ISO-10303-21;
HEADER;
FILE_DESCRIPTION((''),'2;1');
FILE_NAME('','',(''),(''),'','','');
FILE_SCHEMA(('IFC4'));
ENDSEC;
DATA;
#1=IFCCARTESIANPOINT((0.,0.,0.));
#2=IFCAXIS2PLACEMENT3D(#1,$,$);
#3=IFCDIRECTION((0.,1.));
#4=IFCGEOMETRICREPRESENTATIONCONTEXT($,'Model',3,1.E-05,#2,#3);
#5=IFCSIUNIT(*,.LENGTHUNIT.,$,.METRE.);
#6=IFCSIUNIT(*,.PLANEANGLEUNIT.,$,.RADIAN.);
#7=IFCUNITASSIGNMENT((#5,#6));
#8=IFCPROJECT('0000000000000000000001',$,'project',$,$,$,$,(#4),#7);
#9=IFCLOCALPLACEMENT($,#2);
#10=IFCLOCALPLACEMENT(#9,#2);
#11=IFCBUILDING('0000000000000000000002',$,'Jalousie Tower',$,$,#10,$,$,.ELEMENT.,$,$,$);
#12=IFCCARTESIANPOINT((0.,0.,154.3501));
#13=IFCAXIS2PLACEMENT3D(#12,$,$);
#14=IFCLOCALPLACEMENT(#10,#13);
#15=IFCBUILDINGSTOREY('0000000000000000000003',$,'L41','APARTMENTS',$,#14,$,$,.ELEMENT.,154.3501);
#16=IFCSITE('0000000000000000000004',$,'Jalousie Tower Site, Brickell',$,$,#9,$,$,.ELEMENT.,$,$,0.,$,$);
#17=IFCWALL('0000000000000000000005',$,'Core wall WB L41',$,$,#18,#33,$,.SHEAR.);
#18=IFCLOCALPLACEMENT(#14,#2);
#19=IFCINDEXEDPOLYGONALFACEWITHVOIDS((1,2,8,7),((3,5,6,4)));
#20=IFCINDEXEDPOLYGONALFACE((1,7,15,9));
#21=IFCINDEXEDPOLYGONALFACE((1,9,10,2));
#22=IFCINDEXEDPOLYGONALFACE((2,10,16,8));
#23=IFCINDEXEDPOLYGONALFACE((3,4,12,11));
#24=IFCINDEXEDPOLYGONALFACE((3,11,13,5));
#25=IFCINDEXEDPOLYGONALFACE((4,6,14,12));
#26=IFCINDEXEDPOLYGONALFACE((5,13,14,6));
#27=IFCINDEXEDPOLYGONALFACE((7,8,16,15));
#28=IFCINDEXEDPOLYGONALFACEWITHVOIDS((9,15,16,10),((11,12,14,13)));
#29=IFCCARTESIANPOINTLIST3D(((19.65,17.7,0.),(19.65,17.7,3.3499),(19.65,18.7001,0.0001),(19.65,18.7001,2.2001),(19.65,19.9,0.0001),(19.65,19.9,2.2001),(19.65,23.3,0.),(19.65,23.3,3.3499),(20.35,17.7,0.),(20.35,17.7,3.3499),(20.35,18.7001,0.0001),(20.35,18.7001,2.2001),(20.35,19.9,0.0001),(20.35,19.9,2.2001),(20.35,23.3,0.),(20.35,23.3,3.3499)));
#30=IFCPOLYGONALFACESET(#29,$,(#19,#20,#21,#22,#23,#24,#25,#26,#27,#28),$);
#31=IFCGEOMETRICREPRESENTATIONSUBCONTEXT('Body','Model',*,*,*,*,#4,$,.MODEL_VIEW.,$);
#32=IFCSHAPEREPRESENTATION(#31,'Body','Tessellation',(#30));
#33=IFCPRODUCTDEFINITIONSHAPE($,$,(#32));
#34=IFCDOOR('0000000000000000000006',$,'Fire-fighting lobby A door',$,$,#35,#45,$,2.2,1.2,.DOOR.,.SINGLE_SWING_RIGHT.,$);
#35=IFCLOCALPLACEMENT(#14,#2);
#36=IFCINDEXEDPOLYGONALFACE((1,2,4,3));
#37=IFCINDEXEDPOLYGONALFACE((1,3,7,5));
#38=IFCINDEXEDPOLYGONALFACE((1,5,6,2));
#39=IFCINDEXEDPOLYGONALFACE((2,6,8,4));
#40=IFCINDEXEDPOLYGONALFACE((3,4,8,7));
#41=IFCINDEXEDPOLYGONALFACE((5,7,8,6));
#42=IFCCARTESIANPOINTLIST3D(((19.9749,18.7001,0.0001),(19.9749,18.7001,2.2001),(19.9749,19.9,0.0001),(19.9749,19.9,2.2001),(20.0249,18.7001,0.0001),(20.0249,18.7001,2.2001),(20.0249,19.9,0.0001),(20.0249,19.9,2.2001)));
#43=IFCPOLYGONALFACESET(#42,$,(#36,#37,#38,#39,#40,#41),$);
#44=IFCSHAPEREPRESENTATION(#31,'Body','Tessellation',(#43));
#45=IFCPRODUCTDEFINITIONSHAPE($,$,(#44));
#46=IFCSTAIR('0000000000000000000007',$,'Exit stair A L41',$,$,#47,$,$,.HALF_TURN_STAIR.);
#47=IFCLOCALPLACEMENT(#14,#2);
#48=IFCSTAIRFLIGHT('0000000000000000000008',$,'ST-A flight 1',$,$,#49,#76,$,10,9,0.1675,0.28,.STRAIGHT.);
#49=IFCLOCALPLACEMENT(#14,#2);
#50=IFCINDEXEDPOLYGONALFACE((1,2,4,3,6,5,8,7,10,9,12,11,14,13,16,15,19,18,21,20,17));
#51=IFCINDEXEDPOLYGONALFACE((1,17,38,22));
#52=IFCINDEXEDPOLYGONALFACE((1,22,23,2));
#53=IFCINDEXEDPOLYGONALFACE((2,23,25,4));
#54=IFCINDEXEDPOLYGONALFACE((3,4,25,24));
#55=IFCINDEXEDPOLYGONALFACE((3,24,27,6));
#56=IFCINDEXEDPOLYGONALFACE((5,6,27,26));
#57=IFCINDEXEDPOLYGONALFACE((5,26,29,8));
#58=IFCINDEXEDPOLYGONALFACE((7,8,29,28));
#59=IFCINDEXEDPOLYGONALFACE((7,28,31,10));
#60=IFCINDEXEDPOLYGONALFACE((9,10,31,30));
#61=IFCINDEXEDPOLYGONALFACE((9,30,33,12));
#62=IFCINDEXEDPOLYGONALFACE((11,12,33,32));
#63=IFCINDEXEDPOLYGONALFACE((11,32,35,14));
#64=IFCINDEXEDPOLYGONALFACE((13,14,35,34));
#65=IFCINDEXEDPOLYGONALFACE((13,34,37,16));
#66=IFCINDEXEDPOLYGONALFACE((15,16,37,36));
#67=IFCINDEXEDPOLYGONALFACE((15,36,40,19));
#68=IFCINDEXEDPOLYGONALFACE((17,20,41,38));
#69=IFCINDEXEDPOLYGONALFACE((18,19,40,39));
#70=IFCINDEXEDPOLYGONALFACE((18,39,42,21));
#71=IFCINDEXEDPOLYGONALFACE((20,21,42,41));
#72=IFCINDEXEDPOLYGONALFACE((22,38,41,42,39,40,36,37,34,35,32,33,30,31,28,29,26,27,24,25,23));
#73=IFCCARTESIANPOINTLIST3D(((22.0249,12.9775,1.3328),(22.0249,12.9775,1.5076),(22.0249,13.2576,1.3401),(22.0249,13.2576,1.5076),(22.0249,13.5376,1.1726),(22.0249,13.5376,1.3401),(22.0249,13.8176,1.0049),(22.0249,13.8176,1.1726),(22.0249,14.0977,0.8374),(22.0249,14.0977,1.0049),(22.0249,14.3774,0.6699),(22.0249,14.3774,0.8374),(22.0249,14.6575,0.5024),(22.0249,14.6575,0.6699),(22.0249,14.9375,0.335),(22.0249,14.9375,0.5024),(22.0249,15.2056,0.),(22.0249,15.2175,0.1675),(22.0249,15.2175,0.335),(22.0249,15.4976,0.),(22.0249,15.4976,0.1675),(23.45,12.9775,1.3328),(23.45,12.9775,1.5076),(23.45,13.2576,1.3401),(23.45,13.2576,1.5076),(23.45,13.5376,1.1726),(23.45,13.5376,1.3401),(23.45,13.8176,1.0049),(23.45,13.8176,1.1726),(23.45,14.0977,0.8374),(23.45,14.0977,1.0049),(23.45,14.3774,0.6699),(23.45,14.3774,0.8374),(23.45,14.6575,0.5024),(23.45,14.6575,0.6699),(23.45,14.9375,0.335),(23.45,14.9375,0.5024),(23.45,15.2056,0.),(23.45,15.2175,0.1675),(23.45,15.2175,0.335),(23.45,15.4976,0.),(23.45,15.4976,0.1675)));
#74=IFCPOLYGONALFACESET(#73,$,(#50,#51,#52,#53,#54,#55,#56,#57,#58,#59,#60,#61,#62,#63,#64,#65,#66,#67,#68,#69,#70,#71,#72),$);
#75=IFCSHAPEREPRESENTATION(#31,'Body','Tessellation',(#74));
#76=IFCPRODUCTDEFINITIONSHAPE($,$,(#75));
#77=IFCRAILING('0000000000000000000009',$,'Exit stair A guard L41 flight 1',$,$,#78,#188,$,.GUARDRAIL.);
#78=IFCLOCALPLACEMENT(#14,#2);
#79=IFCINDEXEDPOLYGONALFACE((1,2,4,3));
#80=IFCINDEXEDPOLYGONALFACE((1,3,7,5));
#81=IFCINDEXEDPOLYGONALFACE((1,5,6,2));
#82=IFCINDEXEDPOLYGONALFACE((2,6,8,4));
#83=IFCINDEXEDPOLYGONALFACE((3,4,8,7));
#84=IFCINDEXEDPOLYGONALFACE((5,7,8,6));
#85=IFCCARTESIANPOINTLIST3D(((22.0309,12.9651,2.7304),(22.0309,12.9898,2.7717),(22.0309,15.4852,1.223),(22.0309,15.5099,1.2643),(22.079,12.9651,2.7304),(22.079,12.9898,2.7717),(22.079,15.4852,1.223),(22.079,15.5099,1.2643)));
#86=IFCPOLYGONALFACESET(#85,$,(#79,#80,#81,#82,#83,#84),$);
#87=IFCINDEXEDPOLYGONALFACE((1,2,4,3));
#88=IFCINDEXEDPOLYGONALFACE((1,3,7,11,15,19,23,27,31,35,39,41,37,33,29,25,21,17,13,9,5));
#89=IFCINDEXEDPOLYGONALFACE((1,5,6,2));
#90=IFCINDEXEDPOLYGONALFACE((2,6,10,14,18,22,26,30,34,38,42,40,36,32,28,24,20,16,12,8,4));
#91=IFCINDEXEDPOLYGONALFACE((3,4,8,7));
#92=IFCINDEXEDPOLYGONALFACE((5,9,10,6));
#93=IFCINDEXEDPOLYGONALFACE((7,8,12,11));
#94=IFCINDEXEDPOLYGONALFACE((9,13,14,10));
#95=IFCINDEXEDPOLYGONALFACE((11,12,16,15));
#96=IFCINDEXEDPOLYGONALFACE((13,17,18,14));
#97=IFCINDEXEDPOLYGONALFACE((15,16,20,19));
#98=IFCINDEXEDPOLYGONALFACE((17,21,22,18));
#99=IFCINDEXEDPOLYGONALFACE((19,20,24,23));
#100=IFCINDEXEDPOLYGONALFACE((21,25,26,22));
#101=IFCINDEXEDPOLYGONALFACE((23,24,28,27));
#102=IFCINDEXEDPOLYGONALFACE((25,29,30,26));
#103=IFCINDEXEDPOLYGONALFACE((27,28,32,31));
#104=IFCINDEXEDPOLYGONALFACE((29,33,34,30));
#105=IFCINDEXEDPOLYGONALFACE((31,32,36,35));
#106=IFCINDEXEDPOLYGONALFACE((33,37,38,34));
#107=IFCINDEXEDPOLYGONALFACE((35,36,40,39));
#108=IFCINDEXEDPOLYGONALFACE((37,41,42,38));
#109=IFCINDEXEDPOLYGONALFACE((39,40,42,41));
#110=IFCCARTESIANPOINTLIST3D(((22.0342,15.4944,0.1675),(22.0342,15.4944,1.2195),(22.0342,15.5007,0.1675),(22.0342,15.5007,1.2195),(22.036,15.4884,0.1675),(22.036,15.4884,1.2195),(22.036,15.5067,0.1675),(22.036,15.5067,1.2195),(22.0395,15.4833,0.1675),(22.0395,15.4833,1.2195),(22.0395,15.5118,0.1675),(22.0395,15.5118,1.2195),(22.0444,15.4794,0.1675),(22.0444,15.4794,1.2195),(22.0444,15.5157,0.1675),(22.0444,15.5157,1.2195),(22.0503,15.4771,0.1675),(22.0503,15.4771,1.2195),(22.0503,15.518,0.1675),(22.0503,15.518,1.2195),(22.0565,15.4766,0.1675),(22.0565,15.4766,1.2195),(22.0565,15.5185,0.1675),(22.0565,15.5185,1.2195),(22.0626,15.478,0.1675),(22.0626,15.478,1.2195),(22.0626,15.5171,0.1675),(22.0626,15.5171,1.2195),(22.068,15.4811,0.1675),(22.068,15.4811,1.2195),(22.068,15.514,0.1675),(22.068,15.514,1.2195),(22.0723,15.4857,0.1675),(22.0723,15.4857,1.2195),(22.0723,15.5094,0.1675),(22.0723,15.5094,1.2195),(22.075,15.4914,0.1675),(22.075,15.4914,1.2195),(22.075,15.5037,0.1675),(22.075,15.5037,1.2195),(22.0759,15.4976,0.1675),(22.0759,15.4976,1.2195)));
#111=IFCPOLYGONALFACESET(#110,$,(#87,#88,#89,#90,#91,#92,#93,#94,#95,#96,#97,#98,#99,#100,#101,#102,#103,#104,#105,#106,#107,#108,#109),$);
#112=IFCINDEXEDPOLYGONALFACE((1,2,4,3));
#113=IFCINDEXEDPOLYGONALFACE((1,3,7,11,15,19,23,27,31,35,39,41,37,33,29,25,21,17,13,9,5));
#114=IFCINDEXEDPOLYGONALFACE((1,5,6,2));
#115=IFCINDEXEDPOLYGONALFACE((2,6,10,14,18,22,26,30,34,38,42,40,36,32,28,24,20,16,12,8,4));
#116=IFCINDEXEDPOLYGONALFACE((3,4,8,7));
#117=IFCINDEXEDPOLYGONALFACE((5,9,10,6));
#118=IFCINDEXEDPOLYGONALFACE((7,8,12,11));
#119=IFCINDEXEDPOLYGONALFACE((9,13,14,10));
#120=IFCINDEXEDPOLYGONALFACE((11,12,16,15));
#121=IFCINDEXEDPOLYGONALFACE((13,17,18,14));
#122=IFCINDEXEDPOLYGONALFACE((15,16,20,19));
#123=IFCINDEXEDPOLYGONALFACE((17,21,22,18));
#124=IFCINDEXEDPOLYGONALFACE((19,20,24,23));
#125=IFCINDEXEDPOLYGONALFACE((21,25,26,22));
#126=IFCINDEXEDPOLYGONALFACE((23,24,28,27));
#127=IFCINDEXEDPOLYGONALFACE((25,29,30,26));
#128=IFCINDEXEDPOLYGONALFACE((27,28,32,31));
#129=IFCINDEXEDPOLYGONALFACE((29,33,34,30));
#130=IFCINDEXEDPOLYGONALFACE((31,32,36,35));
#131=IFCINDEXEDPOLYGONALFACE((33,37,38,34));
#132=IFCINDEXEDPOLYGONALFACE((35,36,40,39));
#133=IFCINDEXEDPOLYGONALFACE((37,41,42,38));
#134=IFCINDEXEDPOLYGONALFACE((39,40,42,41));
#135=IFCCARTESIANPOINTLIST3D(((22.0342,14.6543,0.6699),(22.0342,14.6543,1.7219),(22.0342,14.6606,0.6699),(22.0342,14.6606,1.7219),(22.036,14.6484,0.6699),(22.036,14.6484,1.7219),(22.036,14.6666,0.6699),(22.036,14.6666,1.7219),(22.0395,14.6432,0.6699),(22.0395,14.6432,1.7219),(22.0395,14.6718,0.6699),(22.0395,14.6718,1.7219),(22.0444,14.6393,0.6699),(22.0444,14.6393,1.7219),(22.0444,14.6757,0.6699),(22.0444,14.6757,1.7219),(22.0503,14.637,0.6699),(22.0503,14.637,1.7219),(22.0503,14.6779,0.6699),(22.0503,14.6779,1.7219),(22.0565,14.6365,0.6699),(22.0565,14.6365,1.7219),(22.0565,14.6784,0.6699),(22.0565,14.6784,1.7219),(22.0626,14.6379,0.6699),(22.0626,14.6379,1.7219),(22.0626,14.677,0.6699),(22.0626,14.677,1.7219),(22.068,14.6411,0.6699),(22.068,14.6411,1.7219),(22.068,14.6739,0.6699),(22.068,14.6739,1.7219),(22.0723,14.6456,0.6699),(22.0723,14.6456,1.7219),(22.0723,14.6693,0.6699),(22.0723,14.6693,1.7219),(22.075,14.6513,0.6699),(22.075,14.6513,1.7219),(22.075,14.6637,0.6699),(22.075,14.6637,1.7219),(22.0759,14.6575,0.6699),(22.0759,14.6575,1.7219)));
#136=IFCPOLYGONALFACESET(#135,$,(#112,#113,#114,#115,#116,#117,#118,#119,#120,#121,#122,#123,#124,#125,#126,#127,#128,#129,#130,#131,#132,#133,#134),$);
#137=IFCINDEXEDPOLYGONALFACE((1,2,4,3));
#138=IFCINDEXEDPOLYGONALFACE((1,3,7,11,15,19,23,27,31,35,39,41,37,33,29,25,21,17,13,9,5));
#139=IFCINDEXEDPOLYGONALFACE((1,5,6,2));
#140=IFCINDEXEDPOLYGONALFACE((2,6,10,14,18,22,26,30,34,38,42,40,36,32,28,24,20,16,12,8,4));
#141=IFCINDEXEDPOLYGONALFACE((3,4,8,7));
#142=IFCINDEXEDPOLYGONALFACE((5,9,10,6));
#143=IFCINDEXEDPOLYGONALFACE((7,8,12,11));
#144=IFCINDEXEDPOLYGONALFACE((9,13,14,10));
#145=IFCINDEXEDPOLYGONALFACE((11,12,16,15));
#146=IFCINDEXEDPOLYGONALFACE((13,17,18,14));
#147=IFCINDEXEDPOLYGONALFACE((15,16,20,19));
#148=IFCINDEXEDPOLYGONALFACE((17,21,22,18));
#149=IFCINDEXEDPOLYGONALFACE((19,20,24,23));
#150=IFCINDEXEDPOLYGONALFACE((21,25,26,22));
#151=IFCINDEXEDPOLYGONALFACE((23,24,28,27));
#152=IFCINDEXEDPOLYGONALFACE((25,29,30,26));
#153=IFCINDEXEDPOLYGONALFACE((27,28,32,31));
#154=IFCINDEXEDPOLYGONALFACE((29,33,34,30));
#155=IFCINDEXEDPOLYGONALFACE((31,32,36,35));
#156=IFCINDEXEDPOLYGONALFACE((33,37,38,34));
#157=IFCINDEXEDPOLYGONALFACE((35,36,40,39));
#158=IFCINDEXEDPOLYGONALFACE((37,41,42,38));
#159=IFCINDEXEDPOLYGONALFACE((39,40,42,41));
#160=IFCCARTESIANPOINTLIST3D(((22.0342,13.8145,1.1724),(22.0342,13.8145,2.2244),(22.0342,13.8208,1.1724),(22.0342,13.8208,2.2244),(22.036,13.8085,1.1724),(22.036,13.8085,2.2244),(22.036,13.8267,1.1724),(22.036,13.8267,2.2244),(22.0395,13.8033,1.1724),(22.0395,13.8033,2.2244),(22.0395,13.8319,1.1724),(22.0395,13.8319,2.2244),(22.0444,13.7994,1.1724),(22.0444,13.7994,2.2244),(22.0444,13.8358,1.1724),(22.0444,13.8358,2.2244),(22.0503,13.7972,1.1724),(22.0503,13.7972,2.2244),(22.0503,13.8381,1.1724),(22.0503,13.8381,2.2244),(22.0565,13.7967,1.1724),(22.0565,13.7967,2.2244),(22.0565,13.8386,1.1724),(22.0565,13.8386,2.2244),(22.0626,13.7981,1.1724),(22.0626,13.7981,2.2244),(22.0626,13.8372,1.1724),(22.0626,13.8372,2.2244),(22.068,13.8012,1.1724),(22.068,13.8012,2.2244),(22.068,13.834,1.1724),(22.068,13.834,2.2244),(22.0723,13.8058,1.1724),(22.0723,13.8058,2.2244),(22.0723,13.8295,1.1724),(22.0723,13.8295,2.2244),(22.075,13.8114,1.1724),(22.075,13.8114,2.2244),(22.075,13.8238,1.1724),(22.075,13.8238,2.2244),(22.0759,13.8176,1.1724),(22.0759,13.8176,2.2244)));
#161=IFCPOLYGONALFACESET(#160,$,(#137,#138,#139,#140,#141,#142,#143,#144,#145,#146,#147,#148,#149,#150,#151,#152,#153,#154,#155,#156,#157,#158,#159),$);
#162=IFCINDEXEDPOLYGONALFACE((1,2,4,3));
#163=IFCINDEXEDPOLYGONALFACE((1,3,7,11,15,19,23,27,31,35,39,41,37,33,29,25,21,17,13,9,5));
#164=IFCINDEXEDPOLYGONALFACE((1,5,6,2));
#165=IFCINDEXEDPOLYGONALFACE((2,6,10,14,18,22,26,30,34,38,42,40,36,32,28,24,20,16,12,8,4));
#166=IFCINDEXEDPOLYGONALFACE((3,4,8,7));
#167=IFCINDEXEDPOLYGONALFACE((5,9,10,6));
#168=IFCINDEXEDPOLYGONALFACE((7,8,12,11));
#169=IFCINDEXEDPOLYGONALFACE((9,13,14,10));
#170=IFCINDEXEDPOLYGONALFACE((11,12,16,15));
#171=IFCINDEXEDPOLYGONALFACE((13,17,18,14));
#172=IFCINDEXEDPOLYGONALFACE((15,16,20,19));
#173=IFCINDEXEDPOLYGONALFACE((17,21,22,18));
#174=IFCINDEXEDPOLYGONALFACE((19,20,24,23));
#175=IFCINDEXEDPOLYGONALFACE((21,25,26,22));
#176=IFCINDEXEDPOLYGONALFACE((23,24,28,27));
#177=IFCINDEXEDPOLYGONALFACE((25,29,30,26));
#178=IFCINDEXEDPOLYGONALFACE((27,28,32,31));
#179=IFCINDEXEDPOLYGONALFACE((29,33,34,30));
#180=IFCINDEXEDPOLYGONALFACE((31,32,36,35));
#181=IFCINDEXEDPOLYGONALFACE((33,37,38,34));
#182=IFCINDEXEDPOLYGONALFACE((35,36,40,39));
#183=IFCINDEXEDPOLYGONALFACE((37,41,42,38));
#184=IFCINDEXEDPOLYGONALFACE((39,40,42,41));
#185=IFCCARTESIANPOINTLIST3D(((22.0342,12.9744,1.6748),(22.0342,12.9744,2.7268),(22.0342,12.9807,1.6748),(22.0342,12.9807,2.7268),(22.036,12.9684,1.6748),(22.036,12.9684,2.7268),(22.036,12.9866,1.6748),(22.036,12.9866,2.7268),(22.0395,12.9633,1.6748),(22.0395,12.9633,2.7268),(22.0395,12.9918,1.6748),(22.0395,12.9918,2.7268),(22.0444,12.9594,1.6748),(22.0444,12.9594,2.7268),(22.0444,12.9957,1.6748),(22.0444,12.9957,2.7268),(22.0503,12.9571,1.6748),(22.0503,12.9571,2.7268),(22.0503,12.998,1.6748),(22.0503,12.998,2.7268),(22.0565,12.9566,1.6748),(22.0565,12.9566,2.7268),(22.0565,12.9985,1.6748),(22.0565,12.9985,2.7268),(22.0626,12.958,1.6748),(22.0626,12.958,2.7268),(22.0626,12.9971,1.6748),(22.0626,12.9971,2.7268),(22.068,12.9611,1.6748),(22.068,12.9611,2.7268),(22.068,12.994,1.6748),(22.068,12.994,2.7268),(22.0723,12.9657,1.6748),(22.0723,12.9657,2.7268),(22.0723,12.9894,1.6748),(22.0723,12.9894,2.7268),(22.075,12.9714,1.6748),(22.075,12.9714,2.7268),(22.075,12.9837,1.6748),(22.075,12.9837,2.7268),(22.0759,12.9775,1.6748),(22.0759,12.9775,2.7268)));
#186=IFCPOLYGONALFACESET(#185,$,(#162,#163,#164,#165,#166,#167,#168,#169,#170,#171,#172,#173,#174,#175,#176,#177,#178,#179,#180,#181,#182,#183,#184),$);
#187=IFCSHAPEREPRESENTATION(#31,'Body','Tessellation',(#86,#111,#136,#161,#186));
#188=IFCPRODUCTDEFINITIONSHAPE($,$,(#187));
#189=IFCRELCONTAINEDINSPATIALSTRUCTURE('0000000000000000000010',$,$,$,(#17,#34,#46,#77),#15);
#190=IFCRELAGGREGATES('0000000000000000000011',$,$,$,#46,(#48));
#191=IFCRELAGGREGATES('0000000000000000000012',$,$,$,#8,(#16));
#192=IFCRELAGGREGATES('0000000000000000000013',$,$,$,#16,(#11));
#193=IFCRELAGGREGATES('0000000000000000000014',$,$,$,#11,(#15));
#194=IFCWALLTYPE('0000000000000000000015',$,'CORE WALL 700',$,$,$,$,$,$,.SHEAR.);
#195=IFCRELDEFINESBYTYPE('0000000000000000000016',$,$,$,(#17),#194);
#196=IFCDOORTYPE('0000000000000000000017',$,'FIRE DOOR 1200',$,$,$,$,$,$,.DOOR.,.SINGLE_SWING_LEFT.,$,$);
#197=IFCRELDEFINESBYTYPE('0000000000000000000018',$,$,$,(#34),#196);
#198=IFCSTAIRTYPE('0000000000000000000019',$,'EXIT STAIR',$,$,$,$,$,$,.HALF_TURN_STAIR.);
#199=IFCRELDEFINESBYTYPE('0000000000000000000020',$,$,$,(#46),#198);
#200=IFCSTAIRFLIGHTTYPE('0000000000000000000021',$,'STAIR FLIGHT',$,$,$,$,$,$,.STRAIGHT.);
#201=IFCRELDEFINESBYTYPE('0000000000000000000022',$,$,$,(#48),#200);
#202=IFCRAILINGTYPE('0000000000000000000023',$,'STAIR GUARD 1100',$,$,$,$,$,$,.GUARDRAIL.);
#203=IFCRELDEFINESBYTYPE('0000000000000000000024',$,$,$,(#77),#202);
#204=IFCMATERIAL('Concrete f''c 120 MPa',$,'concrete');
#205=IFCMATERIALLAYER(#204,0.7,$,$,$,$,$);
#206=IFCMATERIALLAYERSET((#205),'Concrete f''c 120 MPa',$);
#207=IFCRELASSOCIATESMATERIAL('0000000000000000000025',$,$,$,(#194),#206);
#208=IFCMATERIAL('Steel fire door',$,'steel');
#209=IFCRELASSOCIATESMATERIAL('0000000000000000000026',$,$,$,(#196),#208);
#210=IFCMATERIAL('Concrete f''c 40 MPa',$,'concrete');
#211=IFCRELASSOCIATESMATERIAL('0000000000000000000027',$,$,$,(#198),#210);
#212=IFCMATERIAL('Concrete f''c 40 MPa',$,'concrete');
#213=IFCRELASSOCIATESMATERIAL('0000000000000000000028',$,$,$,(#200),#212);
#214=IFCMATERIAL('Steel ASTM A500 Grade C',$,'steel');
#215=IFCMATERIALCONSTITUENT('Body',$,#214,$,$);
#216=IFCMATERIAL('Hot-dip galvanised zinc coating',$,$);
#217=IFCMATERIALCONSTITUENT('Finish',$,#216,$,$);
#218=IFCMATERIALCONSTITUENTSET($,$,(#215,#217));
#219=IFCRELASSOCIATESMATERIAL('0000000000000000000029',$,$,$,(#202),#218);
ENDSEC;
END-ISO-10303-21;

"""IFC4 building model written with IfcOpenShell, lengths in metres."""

from ifc_helpers import new_model, si_unit, direction, frame, frame_2d, origin, origin_2d, place, context, subcontext, project, spatial, polyline, rectangle, circle, outline, extrude, material, layer, layer_set, constituent, constituent_set, type_object, element, fill, aggregate, save


model = new_model("IFC4")

# Units and contexts
model_context = context("Model", 3, precision=1e-05, world=origin(), true_north=direction((0.0, 1.0)))
body_context = subcontext(model_context, "Body", "Model", "MODEL_VIEW")
ifc_project = project(units=[si_unit("LENGTHUNIT", "METRE"), si_unit("PLANEANGLEUNIT", "RADIAN")], contexts=[model_context])

# Site, building, storey
site_placement = place(None, origin())
site = spatial("IfcSite", under=ifc_project, at=site_placement, Name="Jalousie Tower Site, Brickell", CompositionType="ELEMENT", RefElevation=0.0)
building_placement = place(site_placement, origin())
building = spatial("IfcBuilding", under=site, at=building_placement, Name="Jalousie Tower", CompositionType="ELEMENT")
storey_placement = place(building_placement, frame((0.0, 0.0, 154.3501)))
storey = spatial("IfcBuildingStorey", under=building, at=storey_placement, Name="L41", Description="APARTMENTS", CompositionType="ELEMENT", Elevation=154.3501)

# Shared definitions
ifc_material_1 = material(Name="Concrete f'c 120 MPa", Category="concrete")
ifc_layer_1 = layer(ifc_material_1, 0.7)
ifc_layer_set_1 = layer_set([ifc_layer_1], Name="Concrete f'c 120 MPa")
wall_type_1 = type_object("IfcWallType", Name="CORE WALL 700", PredefinedType="SHEAR", material=ifc_layer_set_1)

# Wall, opening, door
wall_1_placement = place(storey_placement, frame((20.0, 23.3, 0.0), z_axis=(0.0, 0.0, 1.0), x_axis=(0.0, -1.0, 0.0)))
wall_1 = element("IfcWall", 1, at=wall_1_placement, inside=storey, type_object=wall_type_1, Name="Core wall WB L41", PredefinedType="SHEAR", context=body_context, shape_type="SweptSolid", body=[
    extrude(rectangle(XDim=5.6001, YDim=0.7, at=frame_2d((2.8, 0.0))), origin(), (0.0, 0.0, 1.0), 3.3499),
])
opening_1_placement = place(wall_1_placement, frame((3.3999, 0.0, 0.0)))
opening_1 = element("IfcOpeningElement", 2, at=opening_1_placement, cuts=wall_1, PredefinedType="OPENING", context=body_context, shape_type="SweptSolid", body=[
    extrude(rectangle(XDim=1.2, YDim=2.2, at=frame_2d((0.6001, 1.1001))), frame((0.0, 0.3599, 0.0), z_axis=(0.0, -1.0, 0.0), x_axis=(1.0, 0.0, 0.0)), (0.0, 0.0, 1.0), 0.72),
])
ifc_material_2 = material(Name="Steel fire door", Category="steel")
door_type_1 = type_object("IfcDoorType", Name="FIRE DOOR 1200", OperationType="SINGLE_SWING_LEFT", PredefinedType="DOOR", material=ifc_material_2)
door_1_placement = place(opening_1_placement, origin())
door_1 = element("IfcDoor", 3, at=door_1_placement, inside=storey, type_object=door_type_1, Name="Fire-fighting lobby A door", OperationType="SINGLE_SWING_RIGHT", OverallHeight=2.2, OverallWidth=1.2, PredefinedType="DOOR", context=body_context, shape_type="SweptSolid", body=[
    extrude(rectangle(XDim=1.2, YDim=2.2, at=frame_2d((0.6001, 1.1001))), frame((0.0, 0.0249, 0.0), z_axis=(0.0, -1.0, 0.0), x_axis=(1.0, 0.0, 0.0)), (0.0, 0.0, 1.0), 0.05),
])
fill(opening_1, door_1)

# Stair, stair flight
ifc_material_3 = material(Name="Concrete f'c 40 MPa", Category="concrete")
stair_type = type_object("IfcStairType", Name="EXIT STAIR", PredefinedType="HALF_TURN_STAIR", material=ifc_material_3)
stair_placement = place(storey_placement, origin())
stair = element("IfcStair", 4, at=stair_placement, inside=storey, type_object=stair_type, Name="Exit stair A L41", PredefinedType="HALF_TURN_STAIR")
ifc_material_4 = material(Name="Concrete f'c 40 MPa", Category="concrete")
stair_flight_type = type_object("IfcStairFlightType", Name="STAIR FLIGHT", PredefinedType="STRAIGHT", material=ifc_material_4)
stair_flight_placement = place(storey_placement, frame((22.7375, 15.4976, 0.0), z_axis=(0.0, 0.0, 1.0), x_axis=(0.0, -1.0, 0.0)))
stair_flight = element("IfcStairFlight", 5, at=stair_flight_placement, type_object=stair_flight_type, Name="ST-A flight 1", NumberOfRisers=10, NumberOfTreads=9, PredefinedType="STRAIGHT", RiserHeight=0.1675, TreadLength=0.28, context=body_context, shape_type="SweptSolid", body=[
    extrude(outline(polyline([(0.0, 0.0), (0.0, 0.1675), (0.28, 0.1675), (0.28, 0.335), (0.5601, 0.335), (0.5601, 0.5024), (0.8401, 0.5024), (0.8401, 0.6699), (1.1201, 0.6699), (1.1201, 0.8374), (1.3999, 0.8374), (1.3999, 1.0049), (1.6799, 1.0049), (1.6799, 1.1726), (1.96, 1.1726), (1.96, 1.3401), (2.24, 1.3401), (2.24, 1.5076), (2.52, 1.5076), (2.52, 1.675), (2.52, 1.3328), (0.292, 0.0), (0.0, 0.0)])), frame((0.0, 0.7124, 0.0), z_axis=(0.0, -1.0, 0.0), x_axis=(1.0, 0.0, 0.0)), (0.0, 0.0, 1.0), 1.425),
])
aggregate(stair, [stair_flight])

# Railing
ifc_material_5 = material(Name="Steel ASTM A500 Grade C", Category="steel")
ifc_constituent_1 = constituent(ifc_material_5, Name="Body")
ifc_material_6 = material(Name="Hot-dip galvanised zinc coating")
ifc_constituent_2 = constituent(ifc_material_6, Name="Finish")
ifc_constituent_set_1 = constituent_set(constituents=[ifc_constituent_1, ifc_constituent_2])
railing_type_1 = type_object("IfcRailingType", Name="STAIR GUARD 1100", PredefinedType="GUARDRAIL", material=ifc_constituent_set_1)
railing_1_placement = place(storey_placement, frame((22.0549, 15.4976, 0.1675)))
element("IfcRailing", 6, at=railing_1_placement, inside=storey, type_object=railing_type_1, Name="Exit stair A guard L41 flight 1", PredefinedType="GUARDRAIL", context=body_context, shape_type="SweptSolid", body=[
    extrude(rectangle(XDim=0.0481, YDim=0.0481, at=origin_2d()), frame((0.0, 0.0, 1.0762), z_axis=(0.0, -0.858196, 0.513321), x_axis=(1.0, 0.0, 0.0)), (0.0, 0.0, 1.0), 2.9365),
    extrude(circle(Radius=0.021, at=origin_2d()), origin(), (0.0, 0.0, 1.0), 1.052),
    extrude(circle(Radius=0.021, at=origin_2d()), frame((0.0, -0.8401, 0.5024)), (0.0, 0.0, 1.0), 1.052),
    extrude(circle(Radius=0.021, at=origin_2d()), frame((0.0, -1.6799, 1.0049)), (0.0, 0.0, 1.0), 1.052),
    extrude(circle(Radius=0.021, at=origin_2d()), frame((0.0, -2.52, 1.5073)), (0.0, 0.0, 1.0), 1.052),
])

save(model, "model.ifc")
